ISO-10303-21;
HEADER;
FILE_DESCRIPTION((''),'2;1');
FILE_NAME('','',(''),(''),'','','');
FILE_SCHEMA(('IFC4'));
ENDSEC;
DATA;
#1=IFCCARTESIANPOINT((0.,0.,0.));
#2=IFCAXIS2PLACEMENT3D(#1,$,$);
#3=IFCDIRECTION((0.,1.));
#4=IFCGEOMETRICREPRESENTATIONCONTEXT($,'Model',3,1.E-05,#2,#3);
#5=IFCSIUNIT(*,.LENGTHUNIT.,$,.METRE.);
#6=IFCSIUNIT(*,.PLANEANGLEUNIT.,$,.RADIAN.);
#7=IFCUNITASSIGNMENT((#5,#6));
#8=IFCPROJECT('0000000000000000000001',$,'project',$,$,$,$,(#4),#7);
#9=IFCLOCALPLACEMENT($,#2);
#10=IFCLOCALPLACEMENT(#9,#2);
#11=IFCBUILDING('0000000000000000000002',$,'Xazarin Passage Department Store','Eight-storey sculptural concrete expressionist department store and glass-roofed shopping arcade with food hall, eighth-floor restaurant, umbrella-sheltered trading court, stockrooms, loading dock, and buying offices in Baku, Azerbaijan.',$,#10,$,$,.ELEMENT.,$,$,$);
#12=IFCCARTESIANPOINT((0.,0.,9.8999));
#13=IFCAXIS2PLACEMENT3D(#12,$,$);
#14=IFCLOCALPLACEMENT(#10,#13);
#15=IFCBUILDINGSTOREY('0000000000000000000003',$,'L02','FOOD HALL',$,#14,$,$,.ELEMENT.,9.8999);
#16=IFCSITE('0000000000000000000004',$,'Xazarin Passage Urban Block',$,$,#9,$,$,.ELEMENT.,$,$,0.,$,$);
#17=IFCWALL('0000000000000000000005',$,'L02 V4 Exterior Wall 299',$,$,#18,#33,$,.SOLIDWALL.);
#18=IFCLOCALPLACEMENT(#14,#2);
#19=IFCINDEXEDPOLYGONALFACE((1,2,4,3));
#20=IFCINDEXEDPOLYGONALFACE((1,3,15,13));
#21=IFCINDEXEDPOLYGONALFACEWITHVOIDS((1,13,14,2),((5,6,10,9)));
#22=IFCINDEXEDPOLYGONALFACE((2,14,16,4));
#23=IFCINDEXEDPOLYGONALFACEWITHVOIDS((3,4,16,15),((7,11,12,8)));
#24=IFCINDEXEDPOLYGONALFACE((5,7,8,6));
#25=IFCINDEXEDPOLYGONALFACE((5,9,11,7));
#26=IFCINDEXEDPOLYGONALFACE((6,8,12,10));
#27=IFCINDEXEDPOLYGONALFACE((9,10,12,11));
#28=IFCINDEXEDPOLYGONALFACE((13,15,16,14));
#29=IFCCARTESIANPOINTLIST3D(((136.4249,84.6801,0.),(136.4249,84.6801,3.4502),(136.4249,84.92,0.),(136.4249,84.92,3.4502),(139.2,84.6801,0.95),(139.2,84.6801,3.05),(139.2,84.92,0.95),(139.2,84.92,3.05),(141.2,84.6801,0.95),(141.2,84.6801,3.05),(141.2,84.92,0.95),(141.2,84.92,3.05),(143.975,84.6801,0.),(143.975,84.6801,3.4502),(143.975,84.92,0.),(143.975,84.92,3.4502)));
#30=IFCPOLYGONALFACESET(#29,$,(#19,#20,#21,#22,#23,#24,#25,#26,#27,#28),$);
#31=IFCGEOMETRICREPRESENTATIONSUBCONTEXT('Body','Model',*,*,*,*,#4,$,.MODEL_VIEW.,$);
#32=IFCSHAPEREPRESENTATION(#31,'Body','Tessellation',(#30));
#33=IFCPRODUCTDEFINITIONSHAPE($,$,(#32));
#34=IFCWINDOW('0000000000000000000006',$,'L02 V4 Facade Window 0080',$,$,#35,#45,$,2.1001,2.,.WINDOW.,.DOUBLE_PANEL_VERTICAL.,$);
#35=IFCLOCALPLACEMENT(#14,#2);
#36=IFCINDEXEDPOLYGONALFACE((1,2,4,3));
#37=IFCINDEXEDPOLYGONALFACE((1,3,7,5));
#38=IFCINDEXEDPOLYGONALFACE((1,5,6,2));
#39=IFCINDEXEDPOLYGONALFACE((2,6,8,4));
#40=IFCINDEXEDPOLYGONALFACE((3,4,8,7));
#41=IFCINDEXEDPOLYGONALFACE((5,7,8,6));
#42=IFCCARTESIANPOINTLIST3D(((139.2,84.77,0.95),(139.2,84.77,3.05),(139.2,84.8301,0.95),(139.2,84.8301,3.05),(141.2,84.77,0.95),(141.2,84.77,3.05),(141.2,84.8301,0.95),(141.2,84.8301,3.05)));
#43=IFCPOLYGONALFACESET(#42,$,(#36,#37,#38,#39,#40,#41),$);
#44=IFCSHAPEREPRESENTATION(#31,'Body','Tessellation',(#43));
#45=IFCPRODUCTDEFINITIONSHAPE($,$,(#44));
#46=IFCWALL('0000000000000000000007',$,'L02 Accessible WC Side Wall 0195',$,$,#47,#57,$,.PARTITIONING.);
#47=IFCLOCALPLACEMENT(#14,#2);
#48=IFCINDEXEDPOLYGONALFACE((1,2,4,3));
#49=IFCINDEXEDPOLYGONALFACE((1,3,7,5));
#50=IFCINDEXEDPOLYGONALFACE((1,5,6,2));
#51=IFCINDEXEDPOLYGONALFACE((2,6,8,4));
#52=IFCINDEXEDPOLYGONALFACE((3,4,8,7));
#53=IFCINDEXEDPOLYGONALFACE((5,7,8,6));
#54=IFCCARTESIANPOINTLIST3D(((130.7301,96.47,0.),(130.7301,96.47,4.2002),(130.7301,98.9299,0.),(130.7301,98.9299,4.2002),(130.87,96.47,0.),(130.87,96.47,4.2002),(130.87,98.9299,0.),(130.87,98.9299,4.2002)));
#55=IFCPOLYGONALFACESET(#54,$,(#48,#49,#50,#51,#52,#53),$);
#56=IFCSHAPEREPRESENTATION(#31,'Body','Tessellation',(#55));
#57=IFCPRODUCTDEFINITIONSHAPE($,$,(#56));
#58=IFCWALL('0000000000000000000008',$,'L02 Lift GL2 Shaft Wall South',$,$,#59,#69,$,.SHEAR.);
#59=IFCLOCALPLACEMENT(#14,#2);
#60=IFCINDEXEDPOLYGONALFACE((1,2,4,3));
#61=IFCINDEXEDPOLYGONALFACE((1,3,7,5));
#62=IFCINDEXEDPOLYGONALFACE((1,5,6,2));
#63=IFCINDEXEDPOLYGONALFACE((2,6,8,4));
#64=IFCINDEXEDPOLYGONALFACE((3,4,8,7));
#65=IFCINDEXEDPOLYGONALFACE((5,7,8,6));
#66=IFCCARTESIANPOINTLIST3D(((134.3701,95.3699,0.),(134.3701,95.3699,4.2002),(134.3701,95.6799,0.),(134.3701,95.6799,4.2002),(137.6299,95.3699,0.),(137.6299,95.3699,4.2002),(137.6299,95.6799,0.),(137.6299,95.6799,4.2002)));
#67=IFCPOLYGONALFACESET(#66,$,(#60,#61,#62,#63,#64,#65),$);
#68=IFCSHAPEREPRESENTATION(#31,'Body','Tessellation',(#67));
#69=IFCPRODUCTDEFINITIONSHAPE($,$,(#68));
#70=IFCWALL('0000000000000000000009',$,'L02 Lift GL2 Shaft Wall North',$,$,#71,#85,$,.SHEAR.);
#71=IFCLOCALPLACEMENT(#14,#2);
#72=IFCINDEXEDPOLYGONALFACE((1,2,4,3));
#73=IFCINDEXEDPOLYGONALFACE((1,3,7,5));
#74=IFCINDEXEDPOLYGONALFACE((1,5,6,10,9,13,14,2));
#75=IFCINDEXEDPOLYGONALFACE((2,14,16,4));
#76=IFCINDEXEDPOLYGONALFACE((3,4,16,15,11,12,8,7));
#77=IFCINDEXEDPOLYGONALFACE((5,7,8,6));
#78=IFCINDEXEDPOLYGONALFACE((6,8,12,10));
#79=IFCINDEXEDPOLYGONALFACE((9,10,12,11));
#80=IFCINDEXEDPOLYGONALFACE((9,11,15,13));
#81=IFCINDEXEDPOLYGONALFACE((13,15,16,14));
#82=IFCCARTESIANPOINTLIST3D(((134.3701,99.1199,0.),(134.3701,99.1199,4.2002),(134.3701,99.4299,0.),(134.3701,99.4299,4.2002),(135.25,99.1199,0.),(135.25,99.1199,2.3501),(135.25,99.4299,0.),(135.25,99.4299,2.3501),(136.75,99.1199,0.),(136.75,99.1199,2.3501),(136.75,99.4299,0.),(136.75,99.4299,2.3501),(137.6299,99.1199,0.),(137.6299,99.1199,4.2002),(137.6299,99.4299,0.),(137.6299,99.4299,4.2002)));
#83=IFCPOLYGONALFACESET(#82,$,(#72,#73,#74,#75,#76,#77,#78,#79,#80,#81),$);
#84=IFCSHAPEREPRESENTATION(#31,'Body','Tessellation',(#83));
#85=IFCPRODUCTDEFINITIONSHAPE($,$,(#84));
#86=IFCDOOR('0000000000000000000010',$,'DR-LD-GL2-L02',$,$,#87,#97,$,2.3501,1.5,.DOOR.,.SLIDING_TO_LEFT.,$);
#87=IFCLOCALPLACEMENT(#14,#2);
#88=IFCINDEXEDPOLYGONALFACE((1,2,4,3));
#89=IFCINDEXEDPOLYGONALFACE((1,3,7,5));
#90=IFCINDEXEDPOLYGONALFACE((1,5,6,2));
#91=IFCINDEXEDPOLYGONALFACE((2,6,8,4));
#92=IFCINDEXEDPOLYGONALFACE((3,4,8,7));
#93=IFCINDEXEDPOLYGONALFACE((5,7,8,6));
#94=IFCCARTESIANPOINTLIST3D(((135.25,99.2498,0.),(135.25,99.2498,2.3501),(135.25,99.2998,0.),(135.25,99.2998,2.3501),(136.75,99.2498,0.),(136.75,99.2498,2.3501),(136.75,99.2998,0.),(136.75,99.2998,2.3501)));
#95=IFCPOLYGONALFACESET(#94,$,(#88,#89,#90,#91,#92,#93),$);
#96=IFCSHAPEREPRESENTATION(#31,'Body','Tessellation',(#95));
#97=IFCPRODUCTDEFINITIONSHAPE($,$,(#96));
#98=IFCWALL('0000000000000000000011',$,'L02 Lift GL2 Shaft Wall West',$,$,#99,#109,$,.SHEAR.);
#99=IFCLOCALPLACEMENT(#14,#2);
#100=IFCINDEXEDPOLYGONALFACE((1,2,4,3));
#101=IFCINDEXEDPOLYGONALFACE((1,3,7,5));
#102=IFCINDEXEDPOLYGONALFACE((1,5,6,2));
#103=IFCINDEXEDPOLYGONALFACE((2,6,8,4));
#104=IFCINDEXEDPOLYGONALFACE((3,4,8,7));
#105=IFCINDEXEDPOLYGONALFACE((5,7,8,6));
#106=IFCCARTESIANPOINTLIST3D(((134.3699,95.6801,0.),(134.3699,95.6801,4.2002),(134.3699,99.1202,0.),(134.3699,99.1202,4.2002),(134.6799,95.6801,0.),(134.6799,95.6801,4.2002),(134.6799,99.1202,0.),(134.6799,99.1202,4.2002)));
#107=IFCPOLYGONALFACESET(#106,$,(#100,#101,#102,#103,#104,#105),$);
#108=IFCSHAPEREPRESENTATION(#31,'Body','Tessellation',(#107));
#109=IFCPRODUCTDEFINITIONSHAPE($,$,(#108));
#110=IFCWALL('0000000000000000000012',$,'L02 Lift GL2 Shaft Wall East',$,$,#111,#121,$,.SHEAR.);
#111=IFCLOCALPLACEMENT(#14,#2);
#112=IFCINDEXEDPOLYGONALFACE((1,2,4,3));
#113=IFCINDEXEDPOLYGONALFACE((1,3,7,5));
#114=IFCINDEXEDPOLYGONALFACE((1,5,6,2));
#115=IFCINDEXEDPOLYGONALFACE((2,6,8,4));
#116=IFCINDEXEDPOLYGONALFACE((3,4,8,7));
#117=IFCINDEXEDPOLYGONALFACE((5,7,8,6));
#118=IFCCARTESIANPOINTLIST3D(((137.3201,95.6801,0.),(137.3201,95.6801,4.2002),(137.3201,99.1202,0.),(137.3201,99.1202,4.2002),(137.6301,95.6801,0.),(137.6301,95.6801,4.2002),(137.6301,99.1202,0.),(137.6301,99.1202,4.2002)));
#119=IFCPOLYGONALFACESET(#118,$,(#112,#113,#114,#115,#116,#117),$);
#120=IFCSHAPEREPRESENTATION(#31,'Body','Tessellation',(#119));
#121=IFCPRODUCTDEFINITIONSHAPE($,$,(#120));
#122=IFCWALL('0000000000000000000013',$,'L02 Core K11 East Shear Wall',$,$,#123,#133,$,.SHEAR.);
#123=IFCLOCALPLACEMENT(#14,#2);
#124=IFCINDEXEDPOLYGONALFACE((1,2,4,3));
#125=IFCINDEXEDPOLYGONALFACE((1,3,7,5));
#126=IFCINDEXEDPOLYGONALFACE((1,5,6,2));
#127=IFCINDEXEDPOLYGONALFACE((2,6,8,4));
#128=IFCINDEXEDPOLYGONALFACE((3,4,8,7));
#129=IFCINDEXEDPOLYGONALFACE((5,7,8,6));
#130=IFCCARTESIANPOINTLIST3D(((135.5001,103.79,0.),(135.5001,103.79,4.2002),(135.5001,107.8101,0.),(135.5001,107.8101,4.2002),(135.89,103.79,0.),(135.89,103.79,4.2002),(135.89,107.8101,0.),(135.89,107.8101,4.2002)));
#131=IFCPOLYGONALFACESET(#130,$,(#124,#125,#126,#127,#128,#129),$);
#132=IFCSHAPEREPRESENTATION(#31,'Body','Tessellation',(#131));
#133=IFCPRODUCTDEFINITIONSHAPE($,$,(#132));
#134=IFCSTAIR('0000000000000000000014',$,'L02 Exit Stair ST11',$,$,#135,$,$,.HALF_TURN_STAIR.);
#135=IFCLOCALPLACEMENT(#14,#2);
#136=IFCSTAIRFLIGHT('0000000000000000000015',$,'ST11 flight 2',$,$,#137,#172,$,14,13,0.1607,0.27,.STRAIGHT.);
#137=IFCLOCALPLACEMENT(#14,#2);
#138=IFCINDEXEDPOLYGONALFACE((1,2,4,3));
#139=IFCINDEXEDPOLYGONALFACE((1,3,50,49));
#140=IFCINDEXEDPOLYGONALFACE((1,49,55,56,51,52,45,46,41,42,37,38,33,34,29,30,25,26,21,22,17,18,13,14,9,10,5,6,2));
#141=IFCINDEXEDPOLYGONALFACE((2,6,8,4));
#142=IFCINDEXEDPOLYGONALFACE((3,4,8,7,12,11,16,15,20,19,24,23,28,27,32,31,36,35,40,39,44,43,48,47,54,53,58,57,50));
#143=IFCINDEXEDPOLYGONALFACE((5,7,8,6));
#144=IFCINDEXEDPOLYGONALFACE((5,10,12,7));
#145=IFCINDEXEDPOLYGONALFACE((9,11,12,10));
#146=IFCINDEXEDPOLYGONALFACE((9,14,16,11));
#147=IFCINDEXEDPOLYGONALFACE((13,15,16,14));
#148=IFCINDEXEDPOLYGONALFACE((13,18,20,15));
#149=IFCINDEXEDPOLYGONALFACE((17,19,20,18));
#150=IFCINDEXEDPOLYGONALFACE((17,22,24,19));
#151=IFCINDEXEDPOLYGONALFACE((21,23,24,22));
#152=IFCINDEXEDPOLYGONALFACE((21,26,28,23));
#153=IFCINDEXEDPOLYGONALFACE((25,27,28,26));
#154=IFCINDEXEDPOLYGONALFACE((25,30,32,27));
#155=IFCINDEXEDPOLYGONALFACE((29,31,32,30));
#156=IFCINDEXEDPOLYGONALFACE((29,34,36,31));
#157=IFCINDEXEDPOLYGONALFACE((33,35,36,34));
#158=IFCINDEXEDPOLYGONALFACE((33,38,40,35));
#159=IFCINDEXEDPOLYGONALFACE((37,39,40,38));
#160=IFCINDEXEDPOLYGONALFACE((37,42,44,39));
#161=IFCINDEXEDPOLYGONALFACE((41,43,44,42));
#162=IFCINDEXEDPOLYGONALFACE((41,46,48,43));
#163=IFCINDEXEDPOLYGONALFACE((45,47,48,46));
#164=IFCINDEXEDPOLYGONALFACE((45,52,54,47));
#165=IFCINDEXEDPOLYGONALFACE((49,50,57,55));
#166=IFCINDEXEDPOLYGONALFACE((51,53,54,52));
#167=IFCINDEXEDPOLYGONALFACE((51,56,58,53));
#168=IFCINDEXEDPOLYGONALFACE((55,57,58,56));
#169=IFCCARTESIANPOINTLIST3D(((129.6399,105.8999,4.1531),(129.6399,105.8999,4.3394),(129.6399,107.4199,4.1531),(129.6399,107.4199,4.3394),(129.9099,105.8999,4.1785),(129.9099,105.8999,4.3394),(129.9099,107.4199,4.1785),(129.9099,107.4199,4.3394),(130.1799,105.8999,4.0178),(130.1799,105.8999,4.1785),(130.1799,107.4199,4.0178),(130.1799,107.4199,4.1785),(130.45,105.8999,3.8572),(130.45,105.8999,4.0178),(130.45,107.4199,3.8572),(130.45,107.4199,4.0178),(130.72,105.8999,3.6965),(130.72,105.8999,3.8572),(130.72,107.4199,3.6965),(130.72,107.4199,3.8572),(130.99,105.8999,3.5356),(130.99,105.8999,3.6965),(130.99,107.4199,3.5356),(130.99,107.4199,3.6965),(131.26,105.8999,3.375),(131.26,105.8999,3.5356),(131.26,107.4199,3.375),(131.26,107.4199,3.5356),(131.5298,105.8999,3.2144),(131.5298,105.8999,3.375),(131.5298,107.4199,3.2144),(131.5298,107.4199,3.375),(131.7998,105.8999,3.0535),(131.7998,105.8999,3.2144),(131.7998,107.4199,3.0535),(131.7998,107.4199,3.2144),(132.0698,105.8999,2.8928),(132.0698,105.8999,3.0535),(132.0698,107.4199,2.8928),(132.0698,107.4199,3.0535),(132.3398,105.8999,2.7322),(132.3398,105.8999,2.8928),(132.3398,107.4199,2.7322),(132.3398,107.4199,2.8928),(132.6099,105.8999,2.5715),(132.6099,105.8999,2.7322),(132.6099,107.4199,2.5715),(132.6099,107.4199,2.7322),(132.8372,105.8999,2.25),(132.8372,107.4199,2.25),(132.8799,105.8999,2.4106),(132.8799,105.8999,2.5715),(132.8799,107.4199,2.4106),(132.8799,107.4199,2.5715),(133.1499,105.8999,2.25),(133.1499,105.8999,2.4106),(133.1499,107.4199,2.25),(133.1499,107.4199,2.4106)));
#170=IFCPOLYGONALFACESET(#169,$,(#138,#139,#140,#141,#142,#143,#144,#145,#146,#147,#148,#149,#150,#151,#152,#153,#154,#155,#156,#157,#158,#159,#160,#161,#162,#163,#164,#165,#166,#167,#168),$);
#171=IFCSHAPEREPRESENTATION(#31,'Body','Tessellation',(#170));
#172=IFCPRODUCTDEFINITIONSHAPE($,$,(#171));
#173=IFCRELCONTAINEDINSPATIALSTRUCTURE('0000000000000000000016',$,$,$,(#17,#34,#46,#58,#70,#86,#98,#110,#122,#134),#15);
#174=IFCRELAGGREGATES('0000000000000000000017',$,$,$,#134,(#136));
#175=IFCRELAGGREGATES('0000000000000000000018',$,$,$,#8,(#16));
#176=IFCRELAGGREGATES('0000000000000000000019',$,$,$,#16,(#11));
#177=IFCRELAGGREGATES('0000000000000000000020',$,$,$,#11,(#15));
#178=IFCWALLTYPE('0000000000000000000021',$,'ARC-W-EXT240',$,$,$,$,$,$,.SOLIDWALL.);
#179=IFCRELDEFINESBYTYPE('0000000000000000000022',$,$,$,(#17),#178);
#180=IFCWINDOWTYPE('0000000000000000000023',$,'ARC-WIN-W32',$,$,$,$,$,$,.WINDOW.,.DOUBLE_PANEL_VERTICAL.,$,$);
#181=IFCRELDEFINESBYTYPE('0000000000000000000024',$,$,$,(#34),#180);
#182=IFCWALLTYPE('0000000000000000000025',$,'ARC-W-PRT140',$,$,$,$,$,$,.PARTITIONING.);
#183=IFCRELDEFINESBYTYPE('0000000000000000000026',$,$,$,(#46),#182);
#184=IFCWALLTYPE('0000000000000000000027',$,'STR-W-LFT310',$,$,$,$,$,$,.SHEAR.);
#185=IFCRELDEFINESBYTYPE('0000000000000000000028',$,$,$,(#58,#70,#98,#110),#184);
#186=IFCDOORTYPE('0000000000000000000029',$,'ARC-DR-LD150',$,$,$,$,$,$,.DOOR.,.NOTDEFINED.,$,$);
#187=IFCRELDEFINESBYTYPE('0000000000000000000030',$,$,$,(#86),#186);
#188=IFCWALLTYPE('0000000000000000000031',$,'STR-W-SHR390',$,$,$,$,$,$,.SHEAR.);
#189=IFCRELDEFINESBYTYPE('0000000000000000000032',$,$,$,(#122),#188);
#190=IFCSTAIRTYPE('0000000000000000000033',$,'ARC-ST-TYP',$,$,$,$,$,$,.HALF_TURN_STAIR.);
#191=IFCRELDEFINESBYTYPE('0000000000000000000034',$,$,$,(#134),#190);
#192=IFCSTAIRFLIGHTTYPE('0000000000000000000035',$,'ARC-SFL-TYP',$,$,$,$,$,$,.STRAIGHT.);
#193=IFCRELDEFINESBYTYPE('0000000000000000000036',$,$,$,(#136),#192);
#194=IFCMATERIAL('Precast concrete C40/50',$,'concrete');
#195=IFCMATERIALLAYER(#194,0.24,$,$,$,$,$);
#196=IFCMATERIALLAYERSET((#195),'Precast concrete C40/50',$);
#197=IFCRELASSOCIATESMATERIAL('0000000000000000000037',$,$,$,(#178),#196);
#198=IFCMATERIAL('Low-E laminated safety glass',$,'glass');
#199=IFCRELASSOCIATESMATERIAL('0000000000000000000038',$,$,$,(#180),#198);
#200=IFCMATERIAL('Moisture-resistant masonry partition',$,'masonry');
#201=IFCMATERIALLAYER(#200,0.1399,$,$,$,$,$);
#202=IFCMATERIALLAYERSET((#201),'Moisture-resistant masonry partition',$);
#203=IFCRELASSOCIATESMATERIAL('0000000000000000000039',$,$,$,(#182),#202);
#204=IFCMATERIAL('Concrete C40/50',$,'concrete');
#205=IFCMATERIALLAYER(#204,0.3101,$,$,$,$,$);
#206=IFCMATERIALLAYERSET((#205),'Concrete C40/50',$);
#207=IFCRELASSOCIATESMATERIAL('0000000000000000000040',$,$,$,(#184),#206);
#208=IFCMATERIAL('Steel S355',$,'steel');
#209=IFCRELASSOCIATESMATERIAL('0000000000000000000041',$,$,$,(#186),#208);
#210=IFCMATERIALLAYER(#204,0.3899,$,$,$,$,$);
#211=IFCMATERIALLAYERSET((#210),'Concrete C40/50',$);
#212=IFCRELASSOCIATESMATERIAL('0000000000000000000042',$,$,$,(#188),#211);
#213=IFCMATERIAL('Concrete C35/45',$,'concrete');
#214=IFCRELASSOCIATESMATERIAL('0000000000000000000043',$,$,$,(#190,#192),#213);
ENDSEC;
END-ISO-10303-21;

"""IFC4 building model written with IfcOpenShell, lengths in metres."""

from ifc_helpers import new_model, si_unit, direction, frame, frame_2d, origin, place, context, subcontext, project, spatial, polyline, rectangle, outline, extrude, material, layer, layer_set, type_object, element, fill, aggregate, save


model = new_model("IFC4")

# Units and contexts
model_context = context("Model", 3, precision=1e-05, world=origin(), true_north=direction((0.0, 1.0)))
body_context = subcontext(model_context, "Body", "Model", "MODEL_VIEW")
ifc_project = project(units=[si_unit("LENGTHUNIT", "METRE"), si_unit("PLANEANGLEUNIT", "RADIAN")], contexts=[model_context])

# Site, building, storey
site_placement = place(None, origin())
site = spatial("IfcSite", under=ifc_project, at=site_placement, Name="Xazarin Passage Urban Block", CompositionType="ELEMENT", RefElevation=0.0)
building_placement = place(site_placement, origin())
building = spatial("IfcBuilding", under=site, at=building_placement, Name="Xazarin Passage Department Store", Description="Eight-storey sculptural concrete expressionist department store and glass-roofed shopping arcade with food hall, eighth-floor restaurant, umbrella-sheltered trading court, stockrooms, loading dock, and buying offices in Baku, Azerbaijan.", CompositionType="ELEMENT")
storey_placement = place(building_placement, frame((0.0, 0.0, 9.8999)))
storey = spatial("IfcBuildingStorey", under=building, at=storey_placement, Name="L02", Description="FOOD HALL", CompositionType="ELEMENT", Elevation=9.8999)

# Shared definitions
ifc_material_1 = material(Name="Concrete C40/50", Category="concrete")

# Shared definitions
ifc_material_2 = material(Name="Concrete C35/45", Category="concrete")
ifc_material_3 = material(Name="Steel S355", Category="steel")

# Wall, opening, window
ifc_material_4 = material(Name="Precast concrete C40/50", Category="concrete")
ifc_layer_1 = layer(ifc_material_4, 0.24)
ifc_layer_set_1 = layer_set([ifc_layer_1], Name="Precast concrete C40/50")
wall_type_1 = type_object("IfcWallType", Name="ARC-W-EXT240", PredefinedType="SOLIDWALL", material=ifc_layer_set_1)
wall_1_placement = place(storey_placement, frame((136.425, 84.8, 0.0), z_axis=(0.0, 0.0, 1.0), x_axis=(1.0, 0.0, 0.0)))
wall_1 = element("IfcWall", 1, at=wall_1_placement, inside=storey, type_object=wall_type_1, Name="L02 V4 Exterior Wall 299", PredefinedType="SOLIDWALL", context=body_context, shape_type="SweptSolid", body=[
    extrude(rectangle(XDim=7.55, YDim=0.24, at=frame_2d((3.7749, 0.0))), origin(), (0.0, 0.0, 1.0), 3.4502),
])
opening_1_placement = place(wall_1_placement, frame((2.7749, 0.0, 0.95)))
opening_1 = element("IfcOpeningElement", 2, at=opening_1_placement, cuts=wall_1, PredefinedType="OPENING", context=body_context, shape_type="SweptSolid", body=[
    extrude(rectangle(XDim=2.0, YDim=2.1001, at=frame_2d((1.0, 1.05))), frame((0.0, 0.1299, 0.0), z_axis=(0.0, -1.0, 0.0), x_axis=(1.0, 0.0, 0.0)), (0.0, 0.0, 1.0), 0.26),
])
ifc_material_5 = material(Name="Low-E laminated safety glass", Category="glass")
window_type = type_object("IfcWindowType", Name="ARC-WIN-W32", PartitioningType="DOUBLE_PANEL_VERTICAL", PredefinedType="WINDOW", material=ifc_material_5)
window_placement = place(opening_1_placement, origin())
window = element("IfcWindow", 3, at=window_placement, inside=storey, type_object=window_type, Name="L02 V4 Facade Window 0080", OverallHeight=2.1001, OverallWidth=2.0, PartitioningType="DOUBLE_PANEL_VERTICAL", PredefinedType="WINDOW", context=body_context, shape_type="SweptSolid", body=[
    extrude(rectangle(XDim=2.0, YDim=2.1001, at=frame_2d((1.0, 1.05))), frame((0.0, 0.03, 0.0), z_axis=(0.0, -1.0, 0.0), x_axis=(1.0, 0.0, 0.0)), (0.0, 0.0, 1.0), 0.0601),
])
fill(opening_1, window)

# Walls
ifc_material_6 = material(Name="Moisture-resistant masonry partition", Category="masonry")
ifc_layer_2 = layer(ifc_material_6, 0.1399)
ifc_layer_set_2 = layer_set([ifc_layer_2], Name="Moisture-resistant masonry partition")
wall_type_2 = type_object("IfcWallType", Name="ARC-W-PRT140", PredefinedType="PARTITIONING", material=ifc_layer_set_2)
wall_2_placement = place(storey_placement, frame((130.8, 96.47, 0.0), z_axis=(0.0, 0.0, 1.0), x_axis=(0.0, 1.0, 0.0)))
element("IfcWall", 4, at=wall_2_placement, inside=storey, type_object=wall_type_2, Name="L02 Accessible WC Side Wall 0195", PredefinedType="PARTITIONING", context=body_context, shape_type="SweptSolid", body=[
    extrude(rectangle(XDim=2.46, YDim=0.1399, at=frame_2d((1.23, 0.0))), origin(), (0.0, 0.0, 1.0), 4.2002),
])
ifc_layer_3 = layer(ifc_material_1, 0.3101)
ifc_layer_set_3 = layer_set([ifc_layer_3], Name="Concrete C40/50")
wall_type_3 = type_object("IfcWallType", Name="STR-W-LFT310", PredefinedType="SHEAR", material=ifc_layer_set_3)
wall_3_placement = place(storey_placement, frame((134.3701, 95.5249, 0.0), z_axis=(0.0, 0.0, 1.0), x_axis=(1.0, 0.0, 0.0)))
element("IfcWall", 5, at=wall_3_placement, inside=storey, type_object=wall_type_3, Name="L02 Lift GL2 Shaft Wall South", PredefinedType="SHEAR", context=body_context, shape_type="SweptSolid", body=[
    extrude(rectangle(XDim=3.2598, YDim=0.3101, at=frame_2d((1.6299, 0.0))), origin(), (0.0, 0.0, 1.0), 4.2002),
])

# Wall, opening, door
wall_4_placement = place(storey_placement, frame((134.3701, 99.2749, 0.0), z_axis=(0.0, 0.0, 1.0), x_axis=(1.0, 0.0, 0.0)))
wall_4 = element("IfcWall", 6, at=wall_4_placement, inside=storey, type_object=wall_type_3, Name="L02 Lift GL2 Shaft Wall North", PredefinedType="SHEAR", context=body_context, shape_type="SweptSolid", body=[
    extrude(rectangle(XDim=3.2598, YDim=0.3101, at=frame_2d((1.6299, 0.0))), origin(), (0.0, 0.0, 1.0), 4.2002),
])
opening_2_placement = place(wall_4_placement, frame((0.8799, 0.0, 0.0)))
opening_2 = element("IfcOpeningElement", 7, at=opening_2_placement, cuts=wall_4, PredefinedType="OPENING", context=body_context, shape_type="SweptSolid", body=[
    extrude(rectangle(XDim=1.5, YDim=2.3501, at=frame_2d((0.75, 1.175))), frame((0.0, 0.165, 0.0), z_axis=(0.0, -1.0, 0.0), x_axis=(1.0, 0.0, 0.0)), (0.0, 0.0, 1.0), 0.3301),
])
door_type = type_object("IfcDoorType", Name="ARC-DR-LD150", OperationType="NOTDEFINED", PredefinedType="DOOR", material=ifc_material_3)
door_placement = place(opening_2_placement, origin())
door = element("IfcDoor", 8, at=door_placement, inside=storey, type_object=door_type, Name="DR-LD-GL2-L02", OperationType="SLIDING_TO_LEFT", OverallHeight=2.3501, OverallWidth=1.5, PredefinedType="DOOR", context=body_context, shape_type="SweptSolid", body=[
    extrude(rectangle(XDim=1.5, YDim=2.3501, at=frame_2d((0.75, 1.175))), frame((0.0, 0.0249, 0.0), z_axis=(0.0, -1.0, 0.0), x_axis=(1.0, 0.0, 0.0)), (0.0, 0.0, 1.0), 0.05),
])
fill(opening_2, door)

# Walls
for number, where, z_axis, x_axis, name in (
    (9, (134.5249, 95.6799, 0.0), (0.0, 0.0, 1.0), (0.0, 1.0, 0.0), "L02 Lift GL2 Shaft Wall West"),
    (10, (137.4751, 95.6799, 0.0), (0.0, 0.0, 1.0), (0.0, 1.0, 0.0), "L02 Lift GL2 Shaft Wall East"),
):
    element("IfcWall", number, at=place(storey_placement, frame(where, z_axis=z_axis, x_axis=x_axis)), inside=storey, type_object=wall_type_3, Name=name, PredefinedType="SHEAR", context=body_context, shape_type="SweptSolid", body=[
        extrude(rectangle(XDim=3.4402, YDim=0.3101, at=frame_2d((1.7202, 0.0))), origin(), (0.0, 0.0, 1.0), 4.2002),
    ])
ifc_layer_4 = layer(ifc_material_1, 0.3899)
ifc_layer_set_4 = layer_set([ifc_layer_4], Name="Concrete C40/50")
wall_type_4 = type_object("IfcWallType", Name="STR-W-SHR390", PredefinedType="SHEAR", material=ifc_layer_set_4)
wall_5_placement = place(storey_placement, frame((135.6951, 103.79, 0.0), z_axis=(0.0, 0.0, 1.0), x_axis=(0.0, 1.0, 0.0)))
element("IfcWall", 11, at=wall_5_placement, inside=storey, type_object=wall_type_4, Name="L02 Core K11 East Shear Wall", PredefinedType="SHEAR", context=body_context, shape_type="SweptSolid", body=[
    extrude(rectangle(XDim=4.02, YDim=0.3899, at=frame_2d((2.01, 0.0))), origin(), (0.0, 0.0, 1.0), 4.2002),
])

# Stair, stair flight
stair_type = type_object("IfcStairType", Name="ARC-ST-TYP", PredefinedType="HALF_TURN_STAIR", material=ifc_material_2)
stair_placement = place(storey_placement, origin())
stair = element("IfcStair", 12, at=stair_placement, inside=storey, type_object=stair_type, Name="L02 Exit Stair ST11", PredefinedType="HALF_TURN_STAIR")
stair_flight_type = type_object("IfcStairFlightType", Name="ARC-SFL-TYP", PredefinedType="STRAIGHT", material=ifc_material_2)
stair_flight_placement = place(storey_placement, frame((133.1499, 106.6599, 2.25), z_axis=(0.0, 0.0, 1.0), x_axis=(-1.0, 0.0, 0.0)))
stair_flight = element("IfcStairFlight", 13, at=stair_flight_placement, type_object=stair_flight_type, Name="ST11 flight 2", NumberOfRisers=14, NumberOfTreads=13, PredefinedType="STRAIGHT", RiserHeight=0.1607, TreadLength=0.27, context=body_context, shape_type="SweptSolid", body=[
    extrude(outline(polyline([(0.0, 0.0), (0.0, 0.1606), (0.27, 0.1606), (0.27, 0.3215), (0.54, 0.3215), (0.54, 0.4822), (0.8101, 0.4822), (0.8101, 0.6428), (1.0801, 0.6428), (1.0801, 0.8035), (1.3501, 0.8035), (1.3501, 0.9644), (1.6201, 0.9644), (1.6201, 1.125), (1.8899, 1.125), (1.8899, 1.2856), (2.1599, 1.2856), (2.1599, 1.4465), (2.4299, 1.4465), (2.4299, 1.6072), (2.7, 1.6072), (2.7, 1.7678), (2.97, 1.7678), (2.97, 1.9285), (3.24, 1.9285), (3.24, 2.0894), (3.51, 2.0894), (3.51, 2.25), (3.51, 1.9031), (0.3127, 0.0), (0.0, 0.0)])), frame((0.0, 0.76, 0.0), z_axis=(0.0, -1.0, 0.0), x_axis=(1.0, 0.0, 0.0)), (0.0, 0.0, 1.0), 1.52),
])
aggregate(stair, [stair_flight])

save(model, "model.ifc")
